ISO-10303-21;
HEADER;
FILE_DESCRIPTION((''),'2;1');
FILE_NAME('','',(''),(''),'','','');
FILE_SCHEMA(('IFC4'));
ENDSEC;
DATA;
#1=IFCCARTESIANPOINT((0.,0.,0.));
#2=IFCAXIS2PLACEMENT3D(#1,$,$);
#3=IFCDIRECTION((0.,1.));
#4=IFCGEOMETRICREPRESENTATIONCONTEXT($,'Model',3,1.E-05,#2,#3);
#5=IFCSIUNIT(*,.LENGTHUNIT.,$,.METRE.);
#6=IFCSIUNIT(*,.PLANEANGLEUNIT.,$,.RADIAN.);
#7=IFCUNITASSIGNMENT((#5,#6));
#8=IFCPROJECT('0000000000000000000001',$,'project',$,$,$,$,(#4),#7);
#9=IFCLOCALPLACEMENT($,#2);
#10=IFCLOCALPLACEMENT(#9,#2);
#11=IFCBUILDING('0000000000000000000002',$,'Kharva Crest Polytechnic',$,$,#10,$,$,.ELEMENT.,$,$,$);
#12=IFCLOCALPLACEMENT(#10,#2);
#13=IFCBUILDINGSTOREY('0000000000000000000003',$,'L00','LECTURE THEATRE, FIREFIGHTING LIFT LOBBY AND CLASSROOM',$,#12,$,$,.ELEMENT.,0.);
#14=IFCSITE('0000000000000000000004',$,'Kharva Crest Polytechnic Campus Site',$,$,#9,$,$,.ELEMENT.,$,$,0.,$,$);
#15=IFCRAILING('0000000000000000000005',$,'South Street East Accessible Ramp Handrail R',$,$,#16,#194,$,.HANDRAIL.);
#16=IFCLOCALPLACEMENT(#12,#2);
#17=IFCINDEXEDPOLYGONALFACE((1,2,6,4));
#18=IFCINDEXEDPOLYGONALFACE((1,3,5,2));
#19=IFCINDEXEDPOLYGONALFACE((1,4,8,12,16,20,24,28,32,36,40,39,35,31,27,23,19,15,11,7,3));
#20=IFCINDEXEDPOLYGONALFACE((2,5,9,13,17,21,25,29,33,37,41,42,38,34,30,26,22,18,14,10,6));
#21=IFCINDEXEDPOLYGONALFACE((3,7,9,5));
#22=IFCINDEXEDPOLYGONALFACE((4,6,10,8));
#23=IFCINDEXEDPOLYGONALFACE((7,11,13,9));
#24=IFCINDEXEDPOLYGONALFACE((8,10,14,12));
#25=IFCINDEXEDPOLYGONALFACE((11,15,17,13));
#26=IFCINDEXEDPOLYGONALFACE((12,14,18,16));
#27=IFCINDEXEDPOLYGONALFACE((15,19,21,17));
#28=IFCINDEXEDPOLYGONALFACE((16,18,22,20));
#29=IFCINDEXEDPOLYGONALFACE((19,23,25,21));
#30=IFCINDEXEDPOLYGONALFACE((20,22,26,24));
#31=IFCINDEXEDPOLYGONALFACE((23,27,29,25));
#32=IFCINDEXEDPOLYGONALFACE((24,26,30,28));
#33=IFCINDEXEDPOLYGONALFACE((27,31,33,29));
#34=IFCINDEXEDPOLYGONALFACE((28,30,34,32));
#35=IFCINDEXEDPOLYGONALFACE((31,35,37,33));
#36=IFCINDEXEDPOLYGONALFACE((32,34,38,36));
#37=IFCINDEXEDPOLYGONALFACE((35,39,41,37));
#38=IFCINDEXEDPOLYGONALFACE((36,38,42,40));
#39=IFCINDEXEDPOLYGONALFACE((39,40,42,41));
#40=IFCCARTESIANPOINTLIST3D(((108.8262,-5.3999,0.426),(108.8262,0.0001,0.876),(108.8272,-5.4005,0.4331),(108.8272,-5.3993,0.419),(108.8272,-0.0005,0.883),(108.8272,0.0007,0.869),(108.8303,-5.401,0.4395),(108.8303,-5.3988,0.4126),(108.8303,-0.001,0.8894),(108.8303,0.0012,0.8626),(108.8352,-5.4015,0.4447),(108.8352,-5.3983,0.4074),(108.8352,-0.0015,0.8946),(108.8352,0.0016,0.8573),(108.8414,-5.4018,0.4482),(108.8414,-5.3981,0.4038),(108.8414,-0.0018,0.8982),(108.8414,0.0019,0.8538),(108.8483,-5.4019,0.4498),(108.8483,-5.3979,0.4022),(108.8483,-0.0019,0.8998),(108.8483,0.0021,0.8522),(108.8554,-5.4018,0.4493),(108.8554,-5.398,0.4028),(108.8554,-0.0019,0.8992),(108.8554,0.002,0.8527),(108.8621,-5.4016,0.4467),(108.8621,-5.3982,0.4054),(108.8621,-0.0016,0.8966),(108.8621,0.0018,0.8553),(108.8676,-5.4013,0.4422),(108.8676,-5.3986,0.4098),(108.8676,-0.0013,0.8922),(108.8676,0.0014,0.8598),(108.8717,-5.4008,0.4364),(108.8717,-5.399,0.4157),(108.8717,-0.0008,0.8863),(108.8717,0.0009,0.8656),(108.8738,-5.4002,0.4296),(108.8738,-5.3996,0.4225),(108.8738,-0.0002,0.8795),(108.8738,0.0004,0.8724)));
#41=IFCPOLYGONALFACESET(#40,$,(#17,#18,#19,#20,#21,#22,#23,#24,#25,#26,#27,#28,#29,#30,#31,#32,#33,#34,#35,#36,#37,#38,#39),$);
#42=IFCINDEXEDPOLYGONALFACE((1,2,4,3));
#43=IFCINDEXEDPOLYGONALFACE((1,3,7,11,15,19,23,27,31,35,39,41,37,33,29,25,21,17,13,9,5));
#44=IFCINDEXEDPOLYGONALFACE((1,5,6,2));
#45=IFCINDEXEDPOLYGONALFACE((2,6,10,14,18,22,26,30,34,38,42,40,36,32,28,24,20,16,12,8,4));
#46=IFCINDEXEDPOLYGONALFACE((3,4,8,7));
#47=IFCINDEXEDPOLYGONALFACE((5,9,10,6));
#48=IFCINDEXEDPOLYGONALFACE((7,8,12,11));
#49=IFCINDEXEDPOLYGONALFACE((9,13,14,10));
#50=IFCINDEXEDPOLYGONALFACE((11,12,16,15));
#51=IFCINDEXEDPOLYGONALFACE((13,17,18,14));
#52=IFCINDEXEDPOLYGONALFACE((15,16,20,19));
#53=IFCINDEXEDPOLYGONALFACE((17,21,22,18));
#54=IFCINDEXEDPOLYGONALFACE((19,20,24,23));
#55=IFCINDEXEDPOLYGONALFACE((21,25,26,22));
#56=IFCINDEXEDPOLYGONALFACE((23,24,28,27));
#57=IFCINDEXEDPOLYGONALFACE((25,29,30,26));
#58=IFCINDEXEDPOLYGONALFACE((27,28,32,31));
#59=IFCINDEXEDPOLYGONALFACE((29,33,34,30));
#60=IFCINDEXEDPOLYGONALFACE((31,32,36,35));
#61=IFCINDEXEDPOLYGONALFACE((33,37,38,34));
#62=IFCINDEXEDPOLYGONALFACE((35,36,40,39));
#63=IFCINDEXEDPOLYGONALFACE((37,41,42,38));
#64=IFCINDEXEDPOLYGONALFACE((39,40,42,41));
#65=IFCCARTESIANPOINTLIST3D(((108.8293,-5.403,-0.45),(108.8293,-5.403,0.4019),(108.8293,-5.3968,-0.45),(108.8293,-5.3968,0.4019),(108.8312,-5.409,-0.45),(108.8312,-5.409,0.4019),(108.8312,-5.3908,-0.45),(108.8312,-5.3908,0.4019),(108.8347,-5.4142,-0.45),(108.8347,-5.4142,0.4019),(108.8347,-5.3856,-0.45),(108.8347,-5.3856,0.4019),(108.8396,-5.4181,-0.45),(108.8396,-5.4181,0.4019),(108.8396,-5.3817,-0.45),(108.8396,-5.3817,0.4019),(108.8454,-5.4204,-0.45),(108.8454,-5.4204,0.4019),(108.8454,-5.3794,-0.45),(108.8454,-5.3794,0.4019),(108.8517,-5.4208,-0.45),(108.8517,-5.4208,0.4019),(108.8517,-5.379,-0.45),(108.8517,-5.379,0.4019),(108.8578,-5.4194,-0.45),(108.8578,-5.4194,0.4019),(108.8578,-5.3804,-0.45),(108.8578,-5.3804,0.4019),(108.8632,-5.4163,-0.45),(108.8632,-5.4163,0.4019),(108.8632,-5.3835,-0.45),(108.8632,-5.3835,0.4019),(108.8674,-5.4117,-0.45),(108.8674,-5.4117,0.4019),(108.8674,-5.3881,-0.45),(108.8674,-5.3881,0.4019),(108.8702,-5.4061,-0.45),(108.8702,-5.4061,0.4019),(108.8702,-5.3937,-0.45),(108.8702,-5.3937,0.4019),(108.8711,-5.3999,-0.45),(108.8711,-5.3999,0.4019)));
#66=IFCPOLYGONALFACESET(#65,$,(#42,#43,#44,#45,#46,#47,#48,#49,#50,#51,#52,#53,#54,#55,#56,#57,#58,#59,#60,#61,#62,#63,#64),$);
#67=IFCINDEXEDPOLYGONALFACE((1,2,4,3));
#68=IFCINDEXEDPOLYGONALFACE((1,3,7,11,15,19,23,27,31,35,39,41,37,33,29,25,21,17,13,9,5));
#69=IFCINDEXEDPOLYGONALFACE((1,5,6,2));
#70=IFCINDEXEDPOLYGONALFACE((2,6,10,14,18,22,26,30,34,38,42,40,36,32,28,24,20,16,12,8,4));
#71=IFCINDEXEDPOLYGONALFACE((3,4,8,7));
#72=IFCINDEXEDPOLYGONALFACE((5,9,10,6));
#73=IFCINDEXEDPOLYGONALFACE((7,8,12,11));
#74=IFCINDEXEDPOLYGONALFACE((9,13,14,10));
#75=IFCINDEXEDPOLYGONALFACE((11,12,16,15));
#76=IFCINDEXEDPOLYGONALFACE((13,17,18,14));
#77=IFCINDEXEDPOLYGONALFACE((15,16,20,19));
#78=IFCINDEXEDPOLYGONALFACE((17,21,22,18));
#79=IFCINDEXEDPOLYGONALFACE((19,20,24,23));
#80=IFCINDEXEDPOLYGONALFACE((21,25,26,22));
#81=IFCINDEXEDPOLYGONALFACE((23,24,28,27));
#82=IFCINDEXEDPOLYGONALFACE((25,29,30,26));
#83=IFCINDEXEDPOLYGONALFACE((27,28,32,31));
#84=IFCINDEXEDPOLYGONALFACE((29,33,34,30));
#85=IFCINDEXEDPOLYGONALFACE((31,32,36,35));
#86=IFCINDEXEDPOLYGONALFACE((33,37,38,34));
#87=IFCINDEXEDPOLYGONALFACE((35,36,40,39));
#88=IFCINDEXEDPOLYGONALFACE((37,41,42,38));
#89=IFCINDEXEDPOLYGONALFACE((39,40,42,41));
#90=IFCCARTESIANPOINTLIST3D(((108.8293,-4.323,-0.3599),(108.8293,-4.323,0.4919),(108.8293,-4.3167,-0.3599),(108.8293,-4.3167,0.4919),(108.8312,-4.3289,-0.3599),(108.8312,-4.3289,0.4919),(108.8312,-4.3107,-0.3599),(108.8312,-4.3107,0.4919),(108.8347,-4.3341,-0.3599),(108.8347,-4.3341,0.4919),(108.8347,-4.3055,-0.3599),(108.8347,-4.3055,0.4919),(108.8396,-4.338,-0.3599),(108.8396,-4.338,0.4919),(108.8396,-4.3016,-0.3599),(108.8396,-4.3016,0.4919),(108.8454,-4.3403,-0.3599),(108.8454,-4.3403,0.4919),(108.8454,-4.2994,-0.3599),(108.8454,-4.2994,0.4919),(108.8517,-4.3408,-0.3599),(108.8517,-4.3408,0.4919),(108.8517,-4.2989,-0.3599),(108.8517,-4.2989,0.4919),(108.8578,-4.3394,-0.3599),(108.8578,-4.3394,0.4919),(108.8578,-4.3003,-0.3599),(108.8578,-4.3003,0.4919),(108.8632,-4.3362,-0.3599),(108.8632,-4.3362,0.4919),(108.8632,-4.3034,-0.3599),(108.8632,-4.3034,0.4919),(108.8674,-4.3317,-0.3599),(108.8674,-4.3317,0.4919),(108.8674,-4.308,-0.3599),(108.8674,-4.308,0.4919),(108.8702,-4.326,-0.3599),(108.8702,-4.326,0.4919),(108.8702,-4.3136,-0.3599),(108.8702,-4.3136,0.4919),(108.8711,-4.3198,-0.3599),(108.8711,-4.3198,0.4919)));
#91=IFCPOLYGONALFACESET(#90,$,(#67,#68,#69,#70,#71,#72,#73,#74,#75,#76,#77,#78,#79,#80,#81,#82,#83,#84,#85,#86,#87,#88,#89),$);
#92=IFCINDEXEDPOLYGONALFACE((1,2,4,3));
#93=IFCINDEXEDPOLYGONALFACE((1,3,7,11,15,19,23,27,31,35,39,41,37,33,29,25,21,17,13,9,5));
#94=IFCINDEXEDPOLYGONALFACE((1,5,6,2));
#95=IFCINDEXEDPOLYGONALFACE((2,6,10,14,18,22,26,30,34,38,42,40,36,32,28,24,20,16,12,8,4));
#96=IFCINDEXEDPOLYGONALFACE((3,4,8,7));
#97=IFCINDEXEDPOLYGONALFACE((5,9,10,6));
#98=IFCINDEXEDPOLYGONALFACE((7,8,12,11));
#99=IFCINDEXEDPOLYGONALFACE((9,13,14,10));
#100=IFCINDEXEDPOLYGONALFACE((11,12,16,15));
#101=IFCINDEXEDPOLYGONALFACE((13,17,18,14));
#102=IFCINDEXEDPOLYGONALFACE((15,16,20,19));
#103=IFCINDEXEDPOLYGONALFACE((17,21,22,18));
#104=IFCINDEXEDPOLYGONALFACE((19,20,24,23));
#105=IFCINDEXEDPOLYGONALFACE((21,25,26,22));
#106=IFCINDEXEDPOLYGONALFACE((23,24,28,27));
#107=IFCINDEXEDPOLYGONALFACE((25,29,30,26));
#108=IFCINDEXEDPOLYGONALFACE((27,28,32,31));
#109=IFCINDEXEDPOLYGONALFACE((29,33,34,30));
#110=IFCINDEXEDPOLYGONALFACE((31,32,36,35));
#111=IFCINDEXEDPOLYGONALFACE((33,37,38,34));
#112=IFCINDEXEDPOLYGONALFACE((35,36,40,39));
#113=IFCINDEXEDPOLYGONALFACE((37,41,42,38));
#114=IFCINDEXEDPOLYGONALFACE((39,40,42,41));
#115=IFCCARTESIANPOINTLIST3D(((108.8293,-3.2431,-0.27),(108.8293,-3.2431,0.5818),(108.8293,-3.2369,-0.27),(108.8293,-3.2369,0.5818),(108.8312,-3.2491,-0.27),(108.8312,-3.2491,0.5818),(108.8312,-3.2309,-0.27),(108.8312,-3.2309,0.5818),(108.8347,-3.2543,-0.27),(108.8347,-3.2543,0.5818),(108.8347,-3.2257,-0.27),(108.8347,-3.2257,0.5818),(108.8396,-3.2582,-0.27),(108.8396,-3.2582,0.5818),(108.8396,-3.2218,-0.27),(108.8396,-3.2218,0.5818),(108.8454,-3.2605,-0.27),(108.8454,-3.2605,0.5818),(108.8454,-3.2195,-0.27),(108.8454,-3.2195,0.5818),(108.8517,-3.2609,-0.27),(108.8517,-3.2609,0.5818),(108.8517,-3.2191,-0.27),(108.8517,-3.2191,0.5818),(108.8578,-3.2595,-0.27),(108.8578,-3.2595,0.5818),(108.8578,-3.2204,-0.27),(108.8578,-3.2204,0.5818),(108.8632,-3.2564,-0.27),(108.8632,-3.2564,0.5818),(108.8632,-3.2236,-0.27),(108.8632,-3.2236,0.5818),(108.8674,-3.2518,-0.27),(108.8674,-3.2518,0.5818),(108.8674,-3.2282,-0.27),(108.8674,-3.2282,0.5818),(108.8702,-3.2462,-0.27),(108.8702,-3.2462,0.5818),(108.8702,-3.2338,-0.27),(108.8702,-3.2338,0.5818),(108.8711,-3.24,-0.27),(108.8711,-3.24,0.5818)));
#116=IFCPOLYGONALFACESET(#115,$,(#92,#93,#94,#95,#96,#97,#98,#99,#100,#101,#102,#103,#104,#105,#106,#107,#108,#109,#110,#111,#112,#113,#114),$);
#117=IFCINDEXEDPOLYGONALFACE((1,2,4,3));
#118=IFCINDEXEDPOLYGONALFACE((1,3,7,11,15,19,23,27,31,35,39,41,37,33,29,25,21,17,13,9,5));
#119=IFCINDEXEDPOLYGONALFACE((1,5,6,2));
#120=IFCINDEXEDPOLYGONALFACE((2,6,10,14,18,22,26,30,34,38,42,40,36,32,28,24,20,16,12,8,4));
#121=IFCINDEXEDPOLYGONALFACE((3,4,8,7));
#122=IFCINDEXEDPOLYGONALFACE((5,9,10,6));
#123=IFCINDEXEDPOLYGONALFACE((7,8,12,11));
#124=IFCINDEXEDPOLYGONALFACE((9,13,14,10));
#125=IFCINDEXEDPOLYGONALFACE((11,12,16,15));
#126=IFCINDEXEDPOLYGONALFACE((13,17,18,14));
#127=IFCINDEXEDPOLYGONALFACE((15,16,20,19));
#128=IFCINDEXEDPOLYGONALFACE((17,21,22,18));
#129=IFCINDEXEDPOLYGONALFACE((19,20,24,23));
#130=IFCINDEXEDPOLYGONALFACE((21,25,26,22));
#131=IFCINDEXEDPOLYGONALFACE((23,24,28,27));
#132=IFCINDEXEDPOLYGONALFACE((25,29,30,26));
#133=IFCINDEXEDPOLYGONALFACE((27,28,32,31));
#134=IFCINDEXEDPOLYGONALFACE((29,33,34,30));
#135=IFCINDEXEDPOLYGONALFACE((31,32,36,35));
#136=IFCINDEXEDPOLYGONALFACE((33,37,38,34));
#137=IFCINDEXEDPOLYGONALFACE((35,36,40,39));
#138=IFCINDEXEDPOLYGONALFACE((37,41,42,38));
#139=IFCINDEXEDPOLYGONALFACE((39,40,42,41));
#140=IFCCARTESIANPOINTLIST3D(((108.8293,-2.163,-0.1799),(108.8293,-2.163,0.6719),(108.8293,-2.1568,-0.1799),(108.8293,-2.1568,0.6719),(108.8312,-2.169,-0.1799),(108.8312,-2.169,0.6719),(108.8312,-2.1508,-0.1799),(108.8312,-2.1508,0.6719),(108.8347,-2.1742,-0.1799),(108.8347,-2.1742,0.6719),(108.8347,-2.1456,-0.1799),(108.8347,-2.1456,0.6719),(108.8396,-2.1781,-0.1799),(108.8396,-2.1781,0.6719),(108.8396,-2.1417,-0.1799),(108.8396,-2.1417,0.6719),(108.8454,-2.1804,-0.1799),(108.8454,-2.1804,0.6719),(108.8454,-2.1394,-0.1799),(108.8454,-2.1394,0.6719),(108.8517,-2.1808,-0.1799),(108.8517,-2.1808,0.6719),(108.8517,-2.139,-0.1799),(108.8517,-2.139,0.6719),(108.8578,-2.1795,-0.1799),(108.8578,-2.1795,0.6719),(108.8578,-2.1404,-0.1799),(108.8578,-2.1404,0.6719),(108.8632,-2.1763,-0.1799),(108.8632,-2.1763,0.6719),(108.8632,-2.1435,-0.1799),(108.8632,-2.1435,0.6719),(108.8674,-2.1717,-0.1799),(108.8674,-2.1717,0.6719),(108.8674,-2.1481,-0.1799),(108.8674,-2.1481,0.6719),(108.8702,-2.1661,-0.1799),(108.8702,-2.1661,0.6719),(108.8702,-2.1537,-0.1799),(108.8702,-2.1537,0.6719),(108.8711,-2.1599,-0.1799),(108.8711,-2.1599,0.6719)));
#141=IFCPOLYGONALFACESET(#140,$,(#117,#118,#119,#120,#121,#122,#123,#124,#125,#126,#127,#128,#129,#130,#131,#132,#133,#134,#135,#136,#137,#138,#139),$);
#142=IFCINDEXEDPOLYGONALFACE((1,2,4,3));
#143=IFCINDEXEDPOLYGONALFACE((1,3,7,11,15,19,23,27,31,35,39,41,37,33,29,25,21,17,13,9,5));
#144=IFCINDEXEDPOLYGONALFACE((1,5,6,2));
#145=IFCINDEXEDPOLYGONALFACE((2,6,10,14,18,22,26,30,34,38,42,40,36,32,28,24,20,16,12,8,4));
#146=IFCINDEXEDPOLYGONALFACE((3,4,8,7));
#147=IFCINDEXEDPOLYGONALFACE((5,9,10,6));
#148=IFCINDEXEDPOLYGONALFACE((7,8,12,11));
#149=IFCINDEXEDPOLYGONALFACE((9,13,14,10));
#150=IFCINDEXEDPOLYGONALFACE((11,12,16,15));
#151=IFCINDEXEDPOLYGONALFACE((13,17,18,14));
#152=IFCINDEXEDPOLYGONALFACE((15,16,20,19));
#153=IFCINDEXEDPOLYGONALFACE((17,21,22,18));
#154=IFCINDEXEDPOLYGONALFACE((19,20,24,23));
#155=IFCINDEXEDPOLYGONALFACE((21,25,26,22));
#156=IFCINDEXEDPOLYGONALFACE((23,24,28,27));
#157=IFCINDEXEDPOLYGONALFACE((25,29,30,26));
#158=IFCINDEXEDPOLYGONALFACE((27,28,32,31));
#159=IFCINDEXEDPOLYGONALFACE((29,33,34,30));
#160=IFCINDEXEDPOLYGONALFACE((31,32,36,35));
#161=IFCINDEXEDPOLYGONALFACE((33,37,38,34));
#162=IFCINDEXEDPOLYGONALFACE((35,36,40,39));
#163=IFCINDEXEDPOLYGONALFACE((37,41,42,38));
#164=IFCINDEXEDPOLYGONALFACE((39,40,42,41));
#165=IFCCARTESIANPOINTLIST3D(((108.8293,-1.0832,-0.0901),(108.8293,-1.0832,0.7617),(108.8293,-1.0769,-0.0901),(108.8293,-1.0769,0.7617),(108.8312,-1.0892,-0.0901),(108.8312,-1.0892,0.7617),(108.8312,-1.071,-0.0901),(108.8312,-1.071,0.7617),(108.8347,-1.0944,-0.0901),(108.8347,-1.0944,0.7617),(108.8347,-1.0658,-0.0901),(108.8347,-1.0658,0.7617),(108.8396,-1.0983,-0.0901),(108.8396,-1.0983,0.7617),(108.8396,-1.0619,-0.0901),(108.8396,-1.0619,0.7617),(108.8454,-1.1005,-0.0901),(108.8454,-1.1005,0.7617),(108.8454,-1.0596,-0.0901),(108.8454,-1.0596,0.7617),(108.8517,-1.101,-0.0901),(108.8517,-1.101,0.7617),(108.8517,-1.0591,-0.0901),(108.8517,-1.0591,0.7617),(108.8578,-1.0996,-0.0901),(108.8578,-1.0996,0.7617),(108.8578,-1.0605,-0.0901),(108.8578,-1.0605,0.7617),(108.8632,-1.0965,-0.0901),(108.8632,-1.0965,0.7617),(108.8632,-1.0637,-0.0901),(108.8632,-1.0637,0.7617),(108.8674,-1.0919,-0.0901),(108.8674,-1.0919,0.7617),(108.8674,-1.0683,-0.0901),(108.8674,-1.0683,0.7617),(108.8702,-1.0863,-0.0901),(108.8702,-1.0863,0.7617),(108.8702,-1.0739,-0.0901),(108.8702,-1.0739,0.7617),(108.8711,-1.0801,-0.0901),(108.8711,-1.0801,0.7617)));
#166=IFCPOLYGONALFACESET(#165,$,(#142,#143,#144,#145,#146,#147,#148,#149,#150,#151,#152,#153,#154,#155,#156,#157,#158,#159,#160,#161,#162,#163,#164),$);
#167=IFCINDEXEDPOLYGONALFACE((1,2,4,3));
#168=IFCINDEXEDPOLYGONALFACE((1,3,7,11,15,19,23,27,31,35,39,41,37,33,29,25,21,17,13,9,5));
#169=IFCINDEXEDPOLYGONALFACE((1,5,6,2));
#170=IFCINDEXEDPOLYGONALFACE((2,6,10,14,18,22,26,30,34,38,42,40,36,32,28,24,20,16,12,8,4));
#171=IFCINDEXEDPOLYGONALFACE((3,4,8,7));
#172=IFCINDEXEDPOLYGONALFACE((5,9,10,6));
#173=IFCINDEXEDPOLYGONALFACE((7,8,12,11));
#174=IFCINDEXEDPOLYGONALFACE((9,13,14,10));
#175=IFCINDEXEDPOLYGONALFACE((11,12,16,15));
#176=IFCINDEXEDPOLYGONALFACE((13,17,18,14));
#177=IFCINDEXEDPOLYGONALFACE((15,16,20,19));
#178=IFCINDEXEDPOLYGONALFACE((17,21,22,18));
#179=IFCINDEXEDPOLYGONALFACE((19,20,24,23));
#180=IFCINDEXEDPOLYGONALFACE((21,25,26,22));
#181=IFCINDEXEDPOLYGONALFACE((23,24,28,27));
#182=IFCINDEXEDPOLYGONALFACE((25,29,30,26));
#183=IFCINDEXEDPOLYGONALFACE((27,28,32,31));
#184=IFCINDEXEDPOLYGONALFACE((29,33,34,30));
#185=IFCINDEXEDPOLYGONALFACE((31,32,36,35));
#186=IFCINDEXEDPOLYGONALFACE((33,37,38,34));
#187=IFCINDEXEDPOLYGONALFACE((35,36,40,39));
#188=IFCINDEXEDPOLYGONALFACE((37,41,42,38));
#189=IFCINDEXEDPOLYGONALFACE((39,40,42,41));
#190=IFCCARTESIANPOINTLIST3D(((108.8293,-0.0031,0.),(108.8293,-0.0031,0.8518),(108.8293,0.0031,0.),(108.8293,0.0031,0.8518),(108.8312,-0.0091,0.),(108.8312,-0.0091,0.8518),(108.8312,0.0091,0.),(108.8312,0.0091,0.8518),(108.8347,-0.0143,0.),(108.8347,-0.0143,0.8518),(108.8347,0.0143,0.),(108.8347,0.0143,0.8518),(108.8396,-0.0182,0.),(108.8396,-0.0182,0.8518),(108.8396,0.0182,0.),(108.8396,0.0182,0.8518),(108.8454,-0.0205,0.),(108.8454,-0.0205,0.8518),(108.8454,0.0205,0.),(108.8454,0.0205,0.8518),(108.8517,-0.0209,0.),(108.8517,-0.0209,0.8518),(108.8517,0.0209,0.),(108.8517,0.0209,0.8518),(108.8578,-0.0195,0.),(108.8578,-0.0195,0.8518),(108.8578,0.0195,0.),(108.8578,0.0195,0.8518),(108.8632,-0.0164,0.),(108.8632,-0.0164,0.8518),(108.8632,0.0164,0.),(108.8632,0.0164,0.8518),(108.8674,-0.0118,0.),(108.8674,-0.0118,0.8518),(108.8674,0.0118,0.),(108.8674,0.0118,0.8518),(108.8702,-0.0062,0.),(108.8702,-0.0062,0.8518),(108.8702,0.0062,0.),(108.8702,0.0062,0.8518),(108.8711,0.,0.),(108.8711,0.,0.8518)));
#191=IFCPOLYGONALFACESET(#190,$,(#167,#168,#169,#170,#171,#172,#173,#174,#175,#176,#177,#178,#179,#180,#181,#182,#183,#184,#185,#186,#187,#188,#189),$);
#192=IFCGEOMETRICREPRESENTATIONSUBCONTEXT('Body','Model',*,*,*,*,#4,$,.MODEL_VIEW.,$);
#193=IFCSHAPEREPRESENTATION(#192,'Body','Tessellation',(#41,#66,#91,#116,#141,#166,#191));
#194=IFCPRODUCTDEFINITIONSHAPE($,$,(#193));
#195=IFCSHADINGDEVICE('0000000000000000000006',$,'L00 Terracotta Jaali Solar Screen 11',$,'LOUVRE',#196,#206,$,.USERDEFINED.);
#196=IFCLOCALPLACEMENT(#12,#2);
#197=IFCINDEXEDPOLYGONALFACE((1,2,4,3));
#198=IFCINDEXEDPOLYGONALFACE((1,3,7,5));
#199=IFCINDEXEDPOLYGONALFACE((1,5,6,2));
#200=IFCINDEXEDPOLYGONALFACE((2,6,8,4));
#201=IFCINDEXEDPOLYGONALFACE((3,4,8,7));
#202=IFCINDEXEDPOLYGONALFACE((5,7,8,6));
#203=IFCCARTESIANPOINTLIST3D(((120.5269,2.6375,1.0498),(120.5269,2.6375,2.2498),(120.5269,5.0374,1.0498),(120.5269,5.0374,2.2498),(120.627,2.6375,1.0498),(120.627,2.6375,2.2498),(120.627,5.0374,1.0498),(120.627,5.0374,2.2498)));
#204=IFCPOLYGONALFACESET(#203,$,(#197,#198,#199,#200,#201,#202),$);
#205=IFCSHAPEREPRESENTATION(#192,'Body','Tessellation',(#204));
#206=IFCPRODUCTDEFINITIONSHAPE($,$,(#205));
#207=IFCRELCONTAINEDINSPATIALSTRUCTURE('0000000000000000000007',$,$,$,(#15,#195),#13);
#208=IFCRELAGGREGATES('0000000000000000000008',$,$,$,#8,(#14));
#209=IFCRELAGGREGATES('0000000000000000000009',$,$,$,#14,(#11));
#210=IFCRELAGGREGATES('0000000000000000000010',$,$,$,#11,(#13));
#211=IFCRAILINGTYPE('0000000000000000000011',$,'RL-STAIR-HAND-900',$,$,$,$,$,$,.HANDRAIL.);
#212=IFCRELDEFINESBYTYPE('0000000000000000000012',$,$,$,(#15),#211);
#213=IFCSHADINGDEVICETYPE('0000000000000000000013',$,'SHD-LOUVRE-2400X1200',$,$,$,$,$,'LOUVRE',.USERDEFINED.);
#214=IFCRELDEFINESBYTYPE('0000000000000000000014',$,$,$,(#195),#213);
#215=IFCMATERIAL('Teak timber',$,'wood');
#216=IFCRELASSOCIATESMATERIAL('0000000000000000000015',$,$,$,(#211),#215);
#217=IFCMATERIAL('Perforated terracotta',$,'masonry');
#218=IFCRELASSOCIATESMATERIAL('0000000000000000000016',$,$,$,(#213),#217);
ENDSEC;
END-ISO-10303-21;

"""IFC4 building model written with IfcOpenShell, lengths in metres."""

from ifc_helpers import new_model, si_unit, direction, frame, origin, origin_2d, place, context, subcontext, project, spatial, rectangle, circle, extrude, material, type_object, element, save


model = new_model("IFC4")

# Units and contexts
model_context = context("Model", 3, precision=1e-05, world=origin(), true_north=direction((0.0, 1.0)))
body_context = subcontext(model_context, "Body", "Model", "MODEL_VIEW")
ifc_project = project(units=[si_unit("LENGTHUNIT", "METRE"), si_unit("PLANEANGLEUNIT", "RADIAN")], contexts=[model_context])

# Site, building, storey
site_placement = place(None, origin())
site = spatial("IfcSite", under=ifc_project, at=site_placement, Name="Kharva Crest Polytechnic Campus Site", CompositionType="ELEMENT", RefElevation=0.0)
building_placement = place(site_placement, origin())
building = spatial("IfcBuilding", under=site, at=building_placement, Name="Kharva Crest Polytechnic", CompositionType="ELEMENT")
storey_placement = place(building_placement, origin())
storey = spatial("IfcBuildingStorey", under=building, at=storey_placement, Name="L00", Description="LECTURE THEATRE, FIREFIGHTING LIFT LOBBY AND CLASSROOM", CompositionType="ELEMENT", Elevation=0.0)

# Railing
ifc_material_1 = material(Name="Teak timber", Category="wood")
railing_type = type_object("IfcRailingType", Name="RL-STAIR-HAND-900", PredefinedType="HANDRAIL", material=ifc_material_1)
for number, where, name in (
    (1, (108.8501, -5.3999, -0.45), "South Street East Accessible Ramp Handrail R"),
):
    element("IfcRailing", number, at=place(storey_placement, frame(where)), inside=storey, type_object=railing_type, Name=name, PredefinedType="HANDRAIL", context=body_context, shape_type="SweptSolid", body=[
        extrude(circle(Radius=0.0239, at=origin_2d()), frame((0.0, 0.0, 0.876), z_axis=(0.0, 0.996546, 0.083038), x_axis=(-1.0, 0.0, 0.0)), (0.0, 0.0, 1.0), 5.4187),
        extrude(circle(Radius=0.021, at=origin_2d()), origin(), (0.0, 0.0, 1.0), 0.8518),
        extrude(circle(Radius=0.021, at=origin_2d()), frame((0.0, 1.0801, 0.0901)), (0.0, 0.0, 1.0), 0.8518),
        extrude(circle(Radius=0.021, at=origin_2d()), frame((0.0, 2.1599, 0.1799)), (0.0, 0.0, 1.0), 0.8518),
        extrude(circle(Radius=0.021, at=origin_2d()), frame((0.0, 3.24, 0.27)), (0.0, 0.0, 1.0), 0.8518),
        extrude(circle(Radius=0.021, at=origin_2d()), frame((0.0, 4.3198, 0.3599)), (0.0, 0.0, 1.0), 0.8518),
        extrude(circle(Radius=0.021, at=origin_2d()), frame((0.0, 5.3999, 0.45)), (0.0, 0.0, 1.0), 0.8518),
    ])

# Shading device
ifc_material_2 = material(Name="Perforated terracotta", Category="masonry")
shading_device_type = type_object("IfcShadingDeviceType", Name="SHD-LOUVRE-2400X1200", ElementType="LOUVRE", PredefinedType="USERDEFINED", material=ifc_material_2)
shading_device_placement = place(storey_placement, frame((120.5769, 3.8374, 1.0498), z_axis=(0.0, 0.0, 1.0), x_axis=(0.0, 1.0, 0.0)))
element("IfcShadingDevice", 2, at=shading_device_placement, inside=storey, type_object=shading_device_type, Name="L00 Terracotta Jaali Solar Screen 11", ObjectType="LOUVRE", PredefinedType="USERDEFINED", context=body_context, shape_type="SweptSolid", body=[
    extrude(rectangle(XDim=2.3999, YDim=0.1001, at=origin_2d()), origin(), (0.0, 0.0, 1.0), 1.2),
])

save(model, "model.ifc")
